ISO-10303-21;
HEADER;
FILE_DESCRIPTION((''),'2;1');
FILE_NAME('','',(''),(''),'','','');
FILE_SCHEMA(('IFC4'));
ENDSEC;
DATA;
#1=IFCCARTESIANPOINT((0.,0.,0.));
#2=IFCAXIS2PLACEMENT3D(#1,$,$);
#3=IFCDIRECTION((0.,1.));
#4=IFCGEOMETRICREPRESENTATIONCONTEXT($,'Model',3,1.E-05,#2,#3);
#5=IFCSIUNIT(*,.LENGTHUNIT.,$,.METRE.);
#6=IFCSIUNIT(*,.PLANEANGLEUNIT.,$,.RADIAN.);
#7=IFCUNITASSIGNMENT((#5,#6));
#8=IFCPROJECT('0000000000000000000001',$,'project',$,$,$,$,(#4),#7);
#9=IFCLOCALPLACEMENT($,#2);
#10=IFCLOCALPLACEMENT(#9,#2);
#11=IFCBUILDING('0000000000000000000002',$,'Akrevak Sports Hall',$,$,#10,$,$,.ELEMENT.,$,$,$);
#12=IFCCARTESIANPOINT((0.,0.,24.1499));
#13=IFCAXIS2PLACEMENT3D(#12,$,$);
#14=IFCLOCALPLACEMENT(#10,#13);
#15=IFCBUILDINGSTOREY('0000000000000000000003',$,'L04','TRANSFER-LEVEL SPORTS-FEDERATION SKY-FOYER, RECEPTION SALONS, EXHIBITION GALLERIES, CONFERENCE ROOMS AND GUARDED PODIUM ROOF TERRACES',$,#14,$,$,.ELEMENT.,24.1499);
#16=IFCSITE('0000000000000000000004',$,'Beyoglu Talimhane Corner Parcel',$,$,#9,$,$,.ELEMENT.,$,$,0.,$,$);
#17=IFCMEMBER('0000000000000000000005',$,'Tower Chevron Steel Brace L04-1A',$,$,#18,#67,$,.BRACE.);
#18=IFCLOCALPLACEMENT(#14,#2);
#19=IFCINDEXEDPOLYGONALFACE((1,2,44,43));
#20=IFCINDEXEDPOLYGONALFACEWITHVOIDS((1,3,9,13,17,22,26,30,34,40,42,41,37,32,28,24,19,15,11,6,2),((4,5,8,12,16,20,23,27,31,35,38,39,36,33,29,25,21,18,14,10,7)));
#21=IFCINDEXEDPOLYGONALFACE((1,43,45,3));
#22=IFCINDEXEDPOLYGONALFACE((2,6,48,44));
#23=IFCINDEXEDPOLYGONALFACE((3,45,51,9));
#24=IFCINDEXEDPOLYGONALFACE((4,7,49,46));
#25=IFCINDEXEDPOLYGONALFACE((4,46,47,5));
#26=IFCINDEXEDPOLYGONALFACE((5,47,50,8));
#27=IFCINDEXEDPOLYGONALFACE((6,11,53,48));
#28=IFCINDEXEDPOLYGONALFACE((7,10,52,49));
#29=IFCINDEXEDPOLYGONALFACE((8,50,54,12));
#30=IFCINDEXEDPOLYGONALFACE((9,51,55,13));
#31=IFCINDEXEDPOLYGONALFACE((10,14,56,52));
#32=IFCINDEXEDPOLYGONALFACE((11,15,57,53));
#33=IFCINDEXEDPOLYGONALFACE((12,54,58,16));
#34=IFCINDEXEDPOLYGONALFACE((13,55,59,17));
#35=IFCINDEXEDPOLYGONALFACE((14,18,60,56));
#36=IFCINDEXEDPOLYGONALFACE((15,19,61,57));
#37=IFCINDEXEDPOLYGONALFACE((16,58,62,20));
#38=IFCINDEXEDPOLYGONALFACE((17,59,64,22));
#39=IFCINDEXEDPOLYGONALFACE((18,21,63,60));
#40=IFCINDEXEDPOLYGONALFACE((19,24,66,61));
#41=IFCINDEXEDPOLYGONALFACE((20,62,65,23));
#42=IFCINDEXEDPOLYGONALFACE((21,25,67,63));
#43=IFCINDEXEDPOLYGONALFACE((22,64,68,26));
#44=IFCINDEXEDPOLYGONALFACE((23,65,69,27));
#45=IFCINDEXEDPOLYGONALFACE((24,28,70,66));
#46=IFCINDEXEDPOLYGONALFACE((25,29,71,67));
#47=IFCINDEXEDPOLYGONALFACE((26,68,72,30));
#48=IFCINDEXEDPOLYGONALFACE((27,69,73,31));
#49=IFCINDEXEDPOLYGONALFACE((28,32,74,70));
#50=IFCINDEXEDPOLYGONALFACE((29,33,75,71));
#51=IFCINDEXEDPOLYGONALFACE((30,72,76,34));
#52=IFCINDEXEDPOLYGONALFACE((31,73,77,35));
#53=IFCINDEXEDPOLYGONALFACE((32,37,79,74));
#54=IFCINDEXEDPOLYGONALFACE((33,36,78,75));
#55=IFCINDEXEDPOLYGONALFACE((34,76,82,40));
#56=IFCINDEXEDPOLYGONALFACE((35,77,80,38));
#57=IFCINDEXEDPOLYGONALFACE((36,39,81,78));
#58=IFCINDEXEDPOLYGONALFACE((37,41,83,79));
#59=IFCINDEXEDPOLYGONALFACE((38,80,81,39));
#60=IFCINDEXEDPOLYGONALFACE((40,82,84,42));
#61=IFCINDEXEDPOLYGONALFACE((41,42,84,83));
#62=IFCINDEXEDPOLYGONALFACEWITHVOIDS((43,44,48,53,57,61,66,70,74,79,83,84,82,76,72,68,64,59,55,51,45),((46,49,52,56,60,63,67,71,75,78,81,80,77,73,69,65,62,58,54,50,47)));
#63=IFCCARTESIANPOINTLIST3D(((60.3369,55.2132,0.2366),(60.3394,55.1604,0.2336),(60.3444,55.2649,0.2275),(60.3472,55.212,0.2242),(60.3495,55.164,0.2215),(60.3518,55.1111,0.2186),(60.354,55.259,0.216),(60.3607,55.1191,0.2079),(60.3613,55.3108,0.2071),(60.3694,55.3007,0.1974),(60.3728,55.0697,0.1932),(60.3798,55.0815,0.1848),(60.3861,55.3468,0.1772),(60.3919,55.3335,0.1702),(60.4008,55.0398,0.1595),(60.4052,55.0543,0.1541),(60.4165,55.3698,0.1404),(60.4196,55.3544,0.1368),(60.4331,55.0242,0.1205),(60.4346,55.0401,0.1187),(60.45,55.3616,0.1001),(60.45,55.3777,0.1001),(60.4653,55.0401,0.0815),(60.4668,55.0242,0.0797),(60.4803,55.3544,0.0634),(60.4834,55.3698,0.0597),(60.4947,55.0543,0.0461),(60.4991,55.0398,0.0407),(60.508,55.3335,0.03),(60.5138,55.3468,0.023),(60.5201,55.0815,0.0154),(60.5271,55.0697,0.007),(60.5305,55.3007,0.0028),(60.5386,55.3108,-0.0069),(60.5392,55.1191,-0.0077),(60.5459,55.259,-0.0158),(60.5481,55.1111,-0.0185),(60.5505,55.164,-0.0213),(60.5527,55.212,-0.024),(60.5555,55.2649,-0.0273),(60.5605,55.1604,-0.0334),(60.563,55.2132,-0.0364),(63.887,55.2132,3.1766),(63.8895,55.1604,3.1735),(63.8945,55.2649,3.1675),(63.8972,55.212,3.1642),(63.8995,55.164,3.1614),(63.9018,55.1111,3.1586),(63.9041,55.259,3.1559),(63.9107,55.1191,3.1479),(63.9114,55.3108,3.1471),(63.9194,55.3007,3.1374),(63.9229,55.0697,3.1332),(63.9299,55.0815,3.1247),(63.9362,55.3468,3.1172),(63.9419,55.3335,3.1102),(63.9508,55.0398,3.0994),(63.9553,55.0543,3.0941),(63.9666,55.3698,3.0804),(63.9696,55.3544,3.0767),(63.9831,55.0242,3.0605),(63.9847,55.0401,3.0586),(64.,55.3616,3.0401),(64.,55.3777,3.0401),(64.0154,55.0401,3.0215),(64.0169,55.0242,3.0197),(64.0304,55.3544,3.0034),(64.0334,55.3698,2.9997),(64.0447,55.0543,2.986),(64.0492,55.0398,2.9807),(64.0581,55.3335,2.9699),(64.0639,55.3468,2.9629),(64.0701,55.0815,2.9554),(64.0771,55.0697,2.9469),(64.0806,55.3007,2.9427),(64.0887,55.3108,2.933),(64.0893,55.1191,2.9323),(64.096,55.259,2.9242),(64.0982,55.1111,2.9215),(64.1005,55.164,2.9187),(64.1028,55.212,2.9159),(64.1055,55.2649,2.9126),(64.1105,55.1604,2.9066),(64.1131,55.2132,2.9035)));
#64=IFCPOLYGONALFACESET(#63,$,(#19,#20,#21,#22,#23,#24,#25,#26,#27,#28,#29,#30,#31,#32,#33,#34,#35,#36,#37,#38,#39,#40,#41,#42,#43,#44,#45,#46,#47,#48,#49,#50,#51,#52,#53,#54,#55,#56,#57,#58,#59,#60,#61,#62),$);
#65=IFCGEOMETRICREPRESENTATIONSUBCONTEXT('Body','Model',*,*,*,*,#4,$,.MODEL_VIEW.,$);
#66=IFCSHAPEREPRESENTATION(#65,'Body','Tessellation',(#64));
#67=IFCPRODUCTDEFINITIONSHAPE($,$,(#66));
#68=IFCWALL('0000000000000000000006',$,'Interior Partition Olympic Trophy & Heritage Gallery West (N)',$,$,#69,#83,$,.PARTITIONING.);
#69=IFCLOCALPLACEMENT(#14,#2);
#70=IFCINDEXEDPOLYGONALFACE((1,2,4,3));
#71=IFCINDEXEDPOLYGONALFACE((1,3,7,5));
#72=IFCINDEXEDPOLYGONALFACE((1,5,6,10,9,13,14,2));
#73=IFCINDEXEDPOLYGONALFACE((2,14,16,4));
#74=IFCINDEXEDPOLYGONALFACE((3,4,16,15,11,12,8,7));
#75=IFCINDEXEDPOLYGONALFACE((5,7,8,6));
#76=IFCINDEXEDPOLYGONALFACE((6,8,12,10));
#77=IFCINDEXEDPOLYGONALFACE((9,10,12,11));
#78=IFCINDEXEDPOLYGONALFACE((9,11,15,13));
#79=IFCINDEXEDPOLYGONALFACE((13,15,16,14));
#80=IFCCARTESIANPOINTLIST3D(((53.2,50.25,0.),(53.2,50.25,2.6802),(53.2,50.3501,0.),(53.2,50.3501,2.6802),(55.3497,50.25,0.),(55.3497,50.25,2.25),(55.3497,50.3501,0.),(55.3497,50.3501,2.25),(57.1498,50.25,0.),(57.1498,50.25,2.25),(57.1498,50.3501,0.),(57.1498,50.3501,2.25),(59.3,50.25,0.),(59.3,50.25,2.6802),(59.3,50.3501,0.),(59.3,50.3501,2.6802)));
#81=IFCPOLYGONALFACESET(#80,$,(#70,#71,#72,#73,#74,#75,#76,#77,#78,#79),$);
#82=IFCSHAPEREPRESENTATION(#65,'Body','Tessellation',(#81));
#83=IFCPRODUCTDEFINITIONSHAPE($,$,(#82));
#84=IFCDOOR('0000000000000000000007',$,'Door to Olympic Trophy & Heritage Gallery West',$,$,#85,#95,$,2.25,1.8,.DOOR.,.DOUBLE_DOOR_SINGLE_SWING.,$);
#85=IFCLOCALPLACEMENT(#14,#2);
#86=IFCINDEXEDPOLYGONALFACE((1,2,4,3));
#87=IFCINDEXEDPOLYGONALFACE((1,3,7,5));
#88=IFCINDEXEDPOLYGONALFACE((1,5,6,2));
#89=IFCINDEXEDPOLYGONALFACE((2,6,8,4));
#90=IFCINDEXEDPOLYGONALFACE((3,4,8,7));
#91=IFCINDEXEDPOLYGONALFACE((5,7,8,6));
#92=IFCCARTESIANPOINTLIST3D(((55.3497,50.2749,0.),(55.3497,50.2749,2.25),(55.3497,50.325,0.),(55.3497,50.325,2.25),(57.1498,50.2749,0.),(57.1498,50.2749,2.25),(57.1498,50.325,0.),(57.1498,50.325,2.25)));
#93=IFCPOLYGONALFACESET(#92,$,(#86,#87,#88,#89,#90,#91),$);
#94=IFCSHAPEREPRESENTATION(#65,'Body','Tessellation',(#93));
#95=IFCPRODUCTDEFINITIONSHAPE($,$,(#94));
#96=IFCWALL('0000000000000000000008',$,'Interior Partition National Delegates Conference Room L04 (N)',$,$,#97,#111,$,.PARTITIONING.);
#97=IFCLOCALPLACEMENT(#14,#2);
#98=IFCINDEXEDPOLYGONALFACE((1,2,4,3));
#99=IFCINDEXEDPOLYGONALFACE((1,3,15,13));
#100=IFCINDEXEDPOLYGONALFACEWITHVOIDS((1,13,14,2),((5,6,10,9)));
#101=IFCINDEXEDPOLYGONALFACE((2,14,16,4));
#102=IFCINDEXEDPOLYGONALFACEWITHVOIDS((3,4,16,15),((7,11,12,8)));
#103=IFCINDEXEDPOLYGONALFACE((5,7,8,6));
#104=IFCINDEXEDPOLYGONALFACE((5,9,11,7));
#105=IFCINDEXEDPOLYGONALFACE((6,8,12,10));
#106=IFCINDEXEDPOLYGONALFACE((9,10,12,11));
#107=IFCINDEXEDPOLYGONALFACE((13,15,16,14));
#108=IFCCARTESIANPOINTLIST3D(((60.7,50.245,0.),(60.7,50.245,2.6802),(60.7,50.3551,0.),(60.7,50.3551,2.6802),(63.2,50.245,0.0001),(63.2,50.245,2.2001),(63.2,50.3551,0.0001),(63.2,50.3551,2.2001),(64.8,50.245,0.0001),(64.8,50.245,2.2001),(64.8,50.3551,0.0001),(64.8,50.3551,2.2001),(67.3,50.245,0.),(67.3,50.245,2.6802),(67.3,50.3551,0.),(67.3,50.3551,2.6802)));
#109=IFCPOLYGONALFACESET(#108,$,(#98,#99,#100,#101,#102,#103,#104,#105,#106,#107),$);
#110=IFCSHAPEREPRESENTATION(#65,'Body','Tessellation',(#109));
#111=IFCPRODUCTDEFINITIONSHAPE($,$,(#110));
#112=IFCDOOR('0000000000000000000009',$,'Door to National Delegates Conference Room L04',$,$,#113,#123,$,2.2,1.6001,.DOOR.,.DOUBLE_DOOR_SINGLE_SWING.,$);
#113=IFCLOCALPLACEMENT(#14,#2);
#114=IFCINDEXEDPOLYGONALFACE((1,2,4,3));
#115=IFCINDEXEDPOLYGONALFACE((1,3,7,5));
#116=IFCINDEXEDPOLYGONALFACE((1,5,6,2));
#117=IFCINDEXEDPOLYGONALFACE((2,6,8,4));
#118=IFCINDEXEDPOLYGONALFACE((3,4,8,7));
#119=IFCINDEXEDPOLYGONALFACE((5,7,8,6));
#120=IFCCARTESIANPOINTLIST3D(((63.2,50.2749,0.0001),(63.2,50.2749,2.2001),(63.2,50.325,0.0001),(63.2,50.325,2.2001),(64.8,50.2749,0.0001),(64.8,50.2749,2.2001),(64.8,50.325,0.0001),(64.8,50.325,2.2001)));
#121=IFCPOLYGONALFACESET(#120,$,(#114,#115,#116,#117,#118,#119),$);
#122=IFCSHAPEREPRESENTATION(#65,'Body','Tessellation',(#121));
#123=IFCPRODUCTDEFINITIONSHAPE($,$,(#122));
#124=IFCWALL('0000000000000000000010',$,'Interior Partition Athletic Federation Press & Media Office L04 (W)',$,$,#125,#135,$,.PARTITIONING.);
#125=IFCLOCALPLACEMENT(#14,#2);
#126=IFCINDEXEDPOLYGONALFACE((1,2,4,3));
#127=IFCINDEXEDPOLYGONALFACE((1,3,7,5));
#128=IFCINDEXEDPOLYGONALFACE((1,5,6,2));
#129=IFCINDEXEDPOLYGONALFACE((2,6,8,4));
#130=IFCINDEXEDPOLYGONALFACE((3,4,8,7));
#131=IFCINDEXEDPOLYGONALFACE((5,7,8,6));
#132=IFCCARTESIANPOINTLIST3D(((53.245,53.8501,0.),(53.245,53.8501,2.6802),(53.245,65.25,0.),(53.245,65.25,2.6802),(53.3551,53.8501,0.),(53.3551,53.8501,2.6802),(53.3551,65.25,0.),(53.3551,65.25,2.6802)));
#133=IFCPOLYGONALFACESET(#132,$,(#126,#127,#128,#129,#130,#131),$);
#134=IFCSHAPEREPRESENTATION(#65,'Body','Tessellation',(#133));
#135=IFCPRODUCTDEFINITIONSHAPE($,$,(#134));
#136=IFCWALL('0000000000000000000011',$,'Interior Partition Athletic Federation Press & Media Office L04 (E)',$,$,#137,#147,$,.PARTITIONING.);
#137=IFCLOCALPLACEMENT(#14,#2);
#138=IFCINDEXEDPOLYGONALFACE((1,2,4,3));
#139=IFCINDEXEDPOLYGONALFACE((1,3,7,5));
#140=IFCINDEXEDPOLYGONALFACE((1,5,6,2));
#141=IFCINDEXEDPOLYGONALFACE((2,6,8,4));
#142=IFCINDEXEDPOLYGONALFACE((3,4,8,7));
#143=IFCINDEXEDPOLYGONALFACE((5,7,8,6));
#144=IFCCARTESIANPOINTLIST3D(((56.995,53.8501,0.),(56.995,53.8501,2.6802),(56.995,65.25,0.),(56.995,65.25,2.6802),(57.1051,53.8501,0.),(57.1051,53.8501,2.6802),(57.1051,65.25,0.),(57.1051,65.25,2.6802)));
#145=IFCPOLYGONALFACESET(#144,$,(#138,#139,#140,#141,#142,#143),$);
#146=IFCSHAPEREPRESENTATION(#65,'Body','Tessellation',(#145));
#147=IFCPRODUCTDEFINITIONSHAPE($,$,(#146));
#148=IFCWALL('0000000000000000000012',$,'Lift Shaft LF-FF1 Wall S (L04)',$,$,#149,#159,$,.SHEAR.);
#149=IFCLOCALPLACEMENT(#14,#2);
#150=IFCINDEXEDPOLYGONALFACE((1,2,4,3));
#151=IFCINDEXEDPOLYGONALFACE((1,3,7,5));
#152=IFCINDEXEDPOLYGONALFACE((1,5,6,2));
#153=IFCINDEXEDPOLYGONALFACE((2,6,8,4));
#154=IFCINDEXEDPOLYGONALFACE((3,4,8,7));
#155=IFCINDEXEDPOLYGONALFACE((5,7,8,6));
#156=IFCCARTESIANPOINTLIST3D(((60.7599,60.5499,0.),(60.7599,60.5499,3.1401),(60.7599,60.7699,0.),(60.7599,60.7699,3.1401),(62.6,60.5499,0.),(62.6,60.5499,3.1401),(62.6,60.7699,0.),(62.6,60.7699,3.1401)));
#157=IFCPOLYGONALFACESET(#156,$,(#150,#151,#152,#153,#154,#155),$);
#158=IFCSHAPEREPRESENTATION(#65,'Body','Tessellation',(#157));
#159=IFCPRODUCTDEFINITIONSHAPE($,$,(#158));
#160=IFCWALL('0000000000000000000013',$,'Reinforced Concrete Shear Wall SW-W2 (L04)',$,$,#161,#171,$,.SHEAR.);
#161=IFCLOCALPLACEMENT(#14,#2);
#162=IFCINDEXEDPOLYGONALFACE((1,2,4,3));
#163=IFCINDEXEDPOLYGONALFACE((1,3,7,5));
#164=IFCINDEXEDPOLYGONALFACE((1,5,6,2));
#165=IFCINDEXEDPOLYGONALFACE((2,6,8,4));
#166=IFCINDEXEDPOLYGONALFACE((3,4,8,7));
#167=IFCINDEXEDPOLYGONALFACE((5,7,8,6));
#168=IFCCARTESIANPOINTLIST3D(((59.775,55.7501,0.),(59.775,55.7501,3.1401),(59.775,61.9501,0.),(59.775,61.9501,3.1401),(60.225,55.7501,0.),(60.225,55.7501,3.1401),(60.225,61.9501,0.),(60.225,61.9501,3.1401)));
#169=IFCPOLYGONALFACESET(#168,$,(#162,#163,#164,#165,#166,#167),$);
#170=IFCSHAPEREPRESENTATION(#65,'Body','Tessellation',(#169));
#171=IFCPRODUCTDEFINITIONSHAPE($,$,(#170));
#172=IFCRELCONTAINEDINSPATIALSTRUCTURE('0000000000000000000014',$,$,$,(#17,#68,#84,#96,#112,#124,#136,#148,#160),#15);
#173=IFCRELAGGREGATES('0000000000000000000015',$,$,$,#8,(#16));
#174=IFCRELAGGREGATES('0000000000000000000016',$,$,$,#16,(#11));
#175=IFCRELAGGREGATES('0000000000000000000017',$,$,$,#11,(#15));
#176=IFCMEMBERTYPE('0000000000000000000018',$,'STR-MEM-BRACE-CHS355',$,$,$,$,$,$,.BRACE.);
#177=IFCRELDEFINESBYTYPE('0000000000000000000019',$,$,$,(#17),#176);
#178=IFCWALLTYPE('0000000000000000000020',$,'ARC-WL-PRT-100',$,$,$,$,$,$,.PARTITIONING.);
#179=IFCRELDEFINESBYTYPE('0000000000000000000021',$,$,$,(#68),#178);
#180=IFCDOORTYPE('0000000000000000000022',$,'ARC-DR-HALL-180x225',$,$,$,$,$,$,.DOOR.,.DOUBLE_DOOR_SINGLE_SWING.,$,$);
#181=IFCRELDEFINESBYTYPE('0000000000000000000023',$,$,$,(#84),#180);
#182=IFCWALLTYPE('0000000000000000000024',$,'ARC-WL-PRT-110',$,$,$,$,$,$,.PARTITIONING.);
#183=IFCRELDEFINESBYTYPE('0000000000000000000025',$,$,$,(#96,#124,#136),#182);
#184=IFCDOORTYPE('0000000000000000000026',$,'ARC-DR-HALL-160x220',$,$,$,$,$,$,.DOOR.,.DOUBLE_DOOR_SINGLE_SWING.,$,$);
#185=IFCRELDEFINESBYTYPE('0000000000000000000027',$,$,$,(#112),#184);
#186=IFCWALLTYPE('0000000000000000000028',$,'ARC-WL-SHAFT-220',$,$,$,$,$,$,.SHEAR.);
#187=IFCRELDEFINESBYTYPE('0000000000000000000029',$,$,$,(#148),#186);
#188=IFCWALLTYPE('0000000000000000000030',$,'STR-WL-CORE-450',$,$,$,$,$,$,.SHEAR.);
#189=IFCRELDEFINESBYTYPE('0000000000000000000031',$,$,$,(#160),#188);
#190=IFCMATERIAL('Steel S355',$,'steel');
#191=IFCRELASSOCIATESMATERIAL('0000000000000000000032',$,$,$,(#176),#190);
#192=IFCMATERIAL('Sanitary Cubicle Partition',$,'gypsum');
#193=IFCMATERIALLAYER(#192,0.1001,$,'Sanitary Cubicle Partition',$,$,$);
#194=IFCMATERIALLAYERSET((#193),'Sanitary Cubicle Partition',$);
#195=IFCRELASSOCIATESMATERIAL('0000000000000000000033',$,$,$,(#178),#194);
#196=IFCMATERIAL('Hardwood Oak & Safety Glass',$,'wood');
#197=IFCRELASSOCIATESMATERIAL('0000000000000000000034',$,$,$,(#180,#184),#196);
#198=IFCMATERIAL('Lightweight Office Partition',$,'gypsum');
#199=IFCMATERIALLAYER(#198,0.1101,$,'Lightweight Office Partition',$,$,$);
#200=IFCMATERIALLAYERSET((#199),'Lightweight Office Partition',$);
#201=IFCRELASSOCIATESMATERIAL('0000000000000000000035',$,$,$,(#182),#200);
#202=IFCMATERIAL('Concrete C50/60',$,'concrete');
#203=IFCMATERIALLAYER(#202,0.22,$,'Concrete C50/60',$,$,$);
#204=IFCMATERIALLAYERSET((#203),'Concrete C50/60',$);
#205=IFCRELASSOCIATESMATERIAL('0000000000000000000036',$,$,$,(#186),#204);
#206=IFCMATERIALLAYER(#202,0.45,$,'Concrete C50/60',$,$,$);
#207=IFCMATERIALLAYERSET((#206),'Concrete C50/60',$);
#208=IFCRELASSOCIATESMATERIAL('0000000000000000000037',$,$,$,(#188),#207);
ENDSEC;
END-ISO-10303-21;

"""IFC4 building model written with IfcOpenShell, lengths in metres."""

from ifc_helpers import new_model, si_unit, direction, frame, frame_2d, origin, origin_2d, place, context, subcontext, project, spatial, rectangle, hollow_circle, extrude, material, layer, layer_set, material_profile, profile_set, type_object, element, fill, save


model = new_model("IFC4")

# Units and contexts
model_context = context("Model", 3, precision=1e-05, world=origin(), true_north=direction((0.0, 1.0)))
body_context = subcontext(model_context, "Body", "Model", "MODEL_VIEW")
ifc_project = project(units=[si_unit("LENGTHUNIT", "METRE"), si_unit("PLANEANGLEUNIT", "RADIAN")], contexts=[model_context])

# Site, building, storey
site_placement = place(None, origin())
site = spatial("IfcSite", under=ifc_project, at=site_placement, Name="Beyoglu Talimhane Corner Parcel", CompositionType="ELEMENT", RefElevation=0.0)
building_placement = place(site_placement, origin())
building = spatial("IfcBuilding", under=site, at=building_placement, Name="Akrevak Sports Hall", CompositionType="ELEMENT")
storey_placement = place(building_placement, frame((0.0, 0.0, 24.1499)))
storey = spatial("IfcBuildingStorey", under=building, at=storey_placement, Name="L04", Description="TRANSFER-LEVEL SPORTS-FEDERATION SKY-FOYER, RECEPTION SALONS, EXHIBITION GALLERIES, CONFERENCE ROOMS AND GUARDED PODIUM ROOF TERRACES", CompositionType="ELEMENT", Elevation=24.1499)

# Shared definitions
ifc_material_1 = material(Name="Concrete C50/60", Category="concrete")

# Member
ifc_material_2 = material(Name="Steel S355", Category="steel")
ifc_material_profile_1 = material_profile(ifc_material_2, hollow_circle(Radius=0.1777, WallThickness=0.0161, at=origin_2d()), Name="CHS 355.6x16", Category="steel")
ifc_profile_set_1 = profile_set([ifc_material_profile_1], Name="Steel S355")
member_type = type_object("IfcMemberType", Name="STR-MEM-BRACE-CHS355", PredefinedType="BRACE", material=ifc_profile_set_1)
member_placement = place(storey_placement, frame((60.45, 55.2, 0.1001), z_axis=(0.770184, 0.0, 0.637821), x_axis=(0.0, 1.0, 0.0)))
element("IfcMember", 1, at=member_placement, inside=storey, type_object=member_type, Name="Tower Chevron Steel Brace L04-1A", PredefinedType="BRACE", context=body_context, shape_type="SweptSolid", body=[
    extrude(hollow_circle(Radius=0.1777, WallThickness=0.0161, at=origin_2d()), origin(), (0.0, 0.0, 1.0), 4.6094),
])

# Walls, openings, doors
ifc_material_3 = material(Name="Sanitary Cubicle Partition", Category="gypsum")
ifc_layer_1 = layer(ifc_material_3, 0.1001, Name="Sanitary Cubicle Partition")
ifc_layer_set_1 = layer_set([ifc_layer_1], Name="Sanitary Cubicle Partition")
wall_type_1 = type_object("IfcWallType", Name="ARC-WL-PRT-100", PredefinedType="PARTITIONING", material=ifc_layer_set_1)
wall_1_placement = place(storey_placement, frame((53.2, 50.3, 0.0), z_axis=(0.0, 0.0, 1.0), x_axis=(1.0, 0.0, 0.0)))
wall_1 = element("IfcWall", 2, at=wall_1_placement, inside=storey, type_object=wall_type_1, Name="Interior Partition Olympic Trophy & Heritage Gallery West (N)", PredefinedType="PARTITIONING", context=body_context, shape_type="SweptSolid", body=[
    extrude(rectangle(XDim=6.1001, YDim=0.1001, at=frame_2d((3.05, 0.0))), origin(), (0.0, 0.0, 1.0), 2.6802),
])
opening_1_placement = place(wall_1_placement, frame((2.1499, 0.0, 0.0)))
opening_1 = element("IfcOpeningElement", 3, at=opening_1_placement, cuts=wall_1, PredefinedType="OPENING", context=body_context, shape_type="SweptSolid", body=[
    extrude(rectangle(XDim=1.8, YDim=2.25, at=frame_2d((0.8999, 1.125))), frame((0.0, 0.062, 0.0), z_axis=(0.0, -1.0, 0.0), x_axis=(1.0, 0.0, 0.0)), (0.0, 0.0, 1.0), 0.124),
])
ifc_material_4 = material(Name="Hardwood Oak & Safety Glass", Category="wood")
door_type_1 = type_object("IfcDoorType", Name="ARC-DR-HALL-180x225", OperationType="DOUBLE_DOOR_SINGLE_SWING", PredefinedType="DOOR", material=ifc_material_4)
door_1_placement = place(opening_1_placement, origin())
door_1 = element("IfcDoor", 4, at=door_1_placement, inside=storey, type_object=door_type_1, Name="Door to Olympic Trophy & Heritage Gallery West", OperationType="DOUBLE_DOOR_SINGLE_SWING", OverallHeight=2.25, OverallWidth=1.8, PredefinedType="DOOR", context=body_context, shape_type="SweptSolid", body=[
    extrude(rectangle(XDim=1.8, YDim=2.25, at=frame_2d((0.8999, 1.125))), frame((0.0, 0.0249, 0.0), z_axis=(0.0, -1.0, 0.0), x_axis=(1.0, 0.0, 0.0)), (0.0, 0.0, 1.0), 0.05),
])
fill(opening_1, door_1)
ifc_material_5 = material(Name="Lightweight Office Partition", Category="gypsum")
ifc_layer_2 = layer(ifc_material_5, 0.1101, Name="Lightweight Office Partition")
ifc_layer_set_2 = layer_set([ifc_layer_2], Name="Lightweight Office Partition")
wall_type_2 = type_object("IfcWallType", Name="ARC-WL-PRT-110", PredefinedType="PARTITIONING", material=ifc_layer_set_2)
wall_2_placement = place(storey_placement, frame((60.7, 50.3, 0.0), z_axis=(0.0, 0.0, 1.0), x_axis=(1.0, 0.0, 0.0)))
wall_2 = element("IfcWall", 5, at=wall_2_placement, inside=storey, type_object=wall_type_2, Name="Interior Partition National Delegates Conference Room L04 (N)", PredefinedType="PARTITIONING", context=body_context, shape_type="SweptSolid", body=[
    extrude(rectangle(XDim=6.6001, YDim=0.1101, at=frame_2d((3.3, 0.0))), origin(), (0.0, 0.0, 1.0), 2.6802),
])
opening_2_placement = place(wall_2_placement, frame((2.5, 0.0, 0.0)))
opening_2 = element("IfcOpeningElement", 6, at=opening_2_placement, cuts=wall_2, PredefinedType="OPENING", context=body_context, shape_type="SweptSolid", body=[
    extrude(rectangle(XDim=1.6001, YDim=2.2, at=frame_2d((0.8, 1.1001))), frame((0.0, 0.0669, 0.0), z_axis=(0.0, -1.0, 0.0), x_axis=(1.0, 0.0, 0.0)), (0.0, 0.0, 1.0), 0.134),
])
door_type_2 = type_object("IfcDoorType", Name="ARC-DR-HALL-160x220", OperationType="DOUBLE_DOOR_SINGLE_SWING", PredefinedType="DOOR", material=ifc_material_4)
door_2_placement = place(opening_2_placement, origin())
door_2 = element("IfcDoor", 7, at=door_2_placement, inside=storey, type_object=door_type_2, Name="Door to National Delegates Conference Room L04", OperationType="DOUBLE_DOOR_SINGLE_SWING", OverallHeight=2.2, OverallWidth=1.6001, PredefinedType="DOOR", context=body_context, shape_type="SweptSolid", body=[
    extrude(rectangle(XDim=1.6001, YDim=2.2, at=frame_2d((0.8, 1.1001))), frame((0.0, 0.0249, 0.0), z_axis=(0.0, -1.0, 0.0), x_axis=(1.0, 0.0, 0.0)), (0.0, 0.0, 1.0), 0.05),
])
fill(opening_2, door_2)

# Walls
for number, where, z_axis, x_axis, name in (
    (8, (53.3, 53.8501, 0.0), (0.0, 0.0, 1.0), (0.0, 1.0, 0.0), "Interior Partition Athletic Federation Press & Media Office L04 (W)"),
    (9, (57.05, 53.8501, 0.0), (0.0, 0.0, 1.0), (0.0, 1.0, 0.0), "Interior Partition Athletic Federation Press & Media Office L04 (E)"),
):
    element("IfcWall", number, at=place(storey_placement, frame(where, z_axis=z_axis, x_axis=x_axis)), inside=storey, type_object=wall_type_2, Name=name, PredefinedType="PARTITIONING", context=body_context, shape_type="SweptSolid", body=[
        extrude(rectangle(XDim=11.3999, YDim=0.1101, at=frame_2d((5.7, 0.0))), origin(), (0.0, 0.0, 1.0), 2.6802),
    ])
ifc_layer_3 = layer(ifc_material_1, 0.22, Name="Concrete C50/60")
ifc_layer_set_3 = layer_set([ifc_layer_3], Name="Concrete C50/60")
wall_type_3 = type_object("IfcWallType", Name="ARC-WL-SHAFT-220", PredefinedType="SHEAR", material=ifc_layer_set_3)
wall_3_placement = place(storey_placement, frame((60.76, 60.6599, 0.0), z_axis=(0.0, 0.0, 1.0), x_axis=(1.0, 0.0, 0.0)))
element("IfcWall", 10, at=wall_3_placement, inside=storey, type_object=wall_type_3, Name="Lift Shaft LF-FF1 Wall S (L04)", PredefinedType="SHEAR", context=body_context, shape_type="SweptSolid", body=[
    extrude(rectangle(XDim=1.8401, YDim=0.22, at=frame_2d((0.9199, 0.0))), origin(), (0.0, 0.0, 1.0), 3.1401),
])
ifc_layer_4 = layer(ifc_material_1, 0.45, Name="Concrete C50/60")
ifc_layer_set_4 = layer_set([ifc_layer_4], Name="Concrete C50/60")
wall_type_4 = type_object("IfcWallType", Name="STR-WL-CORE-450", PredefinedType="SHEAR", material=ifc_layer_set_4)
wall_4_placement = place(storey_placement, frame((60.0, 55.75, 0.0), z_axis=(0.0, 0.0, 1.0), x_axis=(0.0, 1.0, 0.0)))
element("IfcWall", 11, at=wall_4_placement, inside=storey, type_object=wall_type_4, Name="Reinforced Concrete Shear Wall SW-W2 (L04)", PredefinedType="SHEAR", context=body_context, shape_type="SweptSolid", body=[
    extrude(rectangle(XDim=6.2, YDim=0.45, at=frame_2d((3.1001, 0.0))), origin(), (0.0, 0.0, 1.0), 3.1401),
])

save(model, "model.ifc")
